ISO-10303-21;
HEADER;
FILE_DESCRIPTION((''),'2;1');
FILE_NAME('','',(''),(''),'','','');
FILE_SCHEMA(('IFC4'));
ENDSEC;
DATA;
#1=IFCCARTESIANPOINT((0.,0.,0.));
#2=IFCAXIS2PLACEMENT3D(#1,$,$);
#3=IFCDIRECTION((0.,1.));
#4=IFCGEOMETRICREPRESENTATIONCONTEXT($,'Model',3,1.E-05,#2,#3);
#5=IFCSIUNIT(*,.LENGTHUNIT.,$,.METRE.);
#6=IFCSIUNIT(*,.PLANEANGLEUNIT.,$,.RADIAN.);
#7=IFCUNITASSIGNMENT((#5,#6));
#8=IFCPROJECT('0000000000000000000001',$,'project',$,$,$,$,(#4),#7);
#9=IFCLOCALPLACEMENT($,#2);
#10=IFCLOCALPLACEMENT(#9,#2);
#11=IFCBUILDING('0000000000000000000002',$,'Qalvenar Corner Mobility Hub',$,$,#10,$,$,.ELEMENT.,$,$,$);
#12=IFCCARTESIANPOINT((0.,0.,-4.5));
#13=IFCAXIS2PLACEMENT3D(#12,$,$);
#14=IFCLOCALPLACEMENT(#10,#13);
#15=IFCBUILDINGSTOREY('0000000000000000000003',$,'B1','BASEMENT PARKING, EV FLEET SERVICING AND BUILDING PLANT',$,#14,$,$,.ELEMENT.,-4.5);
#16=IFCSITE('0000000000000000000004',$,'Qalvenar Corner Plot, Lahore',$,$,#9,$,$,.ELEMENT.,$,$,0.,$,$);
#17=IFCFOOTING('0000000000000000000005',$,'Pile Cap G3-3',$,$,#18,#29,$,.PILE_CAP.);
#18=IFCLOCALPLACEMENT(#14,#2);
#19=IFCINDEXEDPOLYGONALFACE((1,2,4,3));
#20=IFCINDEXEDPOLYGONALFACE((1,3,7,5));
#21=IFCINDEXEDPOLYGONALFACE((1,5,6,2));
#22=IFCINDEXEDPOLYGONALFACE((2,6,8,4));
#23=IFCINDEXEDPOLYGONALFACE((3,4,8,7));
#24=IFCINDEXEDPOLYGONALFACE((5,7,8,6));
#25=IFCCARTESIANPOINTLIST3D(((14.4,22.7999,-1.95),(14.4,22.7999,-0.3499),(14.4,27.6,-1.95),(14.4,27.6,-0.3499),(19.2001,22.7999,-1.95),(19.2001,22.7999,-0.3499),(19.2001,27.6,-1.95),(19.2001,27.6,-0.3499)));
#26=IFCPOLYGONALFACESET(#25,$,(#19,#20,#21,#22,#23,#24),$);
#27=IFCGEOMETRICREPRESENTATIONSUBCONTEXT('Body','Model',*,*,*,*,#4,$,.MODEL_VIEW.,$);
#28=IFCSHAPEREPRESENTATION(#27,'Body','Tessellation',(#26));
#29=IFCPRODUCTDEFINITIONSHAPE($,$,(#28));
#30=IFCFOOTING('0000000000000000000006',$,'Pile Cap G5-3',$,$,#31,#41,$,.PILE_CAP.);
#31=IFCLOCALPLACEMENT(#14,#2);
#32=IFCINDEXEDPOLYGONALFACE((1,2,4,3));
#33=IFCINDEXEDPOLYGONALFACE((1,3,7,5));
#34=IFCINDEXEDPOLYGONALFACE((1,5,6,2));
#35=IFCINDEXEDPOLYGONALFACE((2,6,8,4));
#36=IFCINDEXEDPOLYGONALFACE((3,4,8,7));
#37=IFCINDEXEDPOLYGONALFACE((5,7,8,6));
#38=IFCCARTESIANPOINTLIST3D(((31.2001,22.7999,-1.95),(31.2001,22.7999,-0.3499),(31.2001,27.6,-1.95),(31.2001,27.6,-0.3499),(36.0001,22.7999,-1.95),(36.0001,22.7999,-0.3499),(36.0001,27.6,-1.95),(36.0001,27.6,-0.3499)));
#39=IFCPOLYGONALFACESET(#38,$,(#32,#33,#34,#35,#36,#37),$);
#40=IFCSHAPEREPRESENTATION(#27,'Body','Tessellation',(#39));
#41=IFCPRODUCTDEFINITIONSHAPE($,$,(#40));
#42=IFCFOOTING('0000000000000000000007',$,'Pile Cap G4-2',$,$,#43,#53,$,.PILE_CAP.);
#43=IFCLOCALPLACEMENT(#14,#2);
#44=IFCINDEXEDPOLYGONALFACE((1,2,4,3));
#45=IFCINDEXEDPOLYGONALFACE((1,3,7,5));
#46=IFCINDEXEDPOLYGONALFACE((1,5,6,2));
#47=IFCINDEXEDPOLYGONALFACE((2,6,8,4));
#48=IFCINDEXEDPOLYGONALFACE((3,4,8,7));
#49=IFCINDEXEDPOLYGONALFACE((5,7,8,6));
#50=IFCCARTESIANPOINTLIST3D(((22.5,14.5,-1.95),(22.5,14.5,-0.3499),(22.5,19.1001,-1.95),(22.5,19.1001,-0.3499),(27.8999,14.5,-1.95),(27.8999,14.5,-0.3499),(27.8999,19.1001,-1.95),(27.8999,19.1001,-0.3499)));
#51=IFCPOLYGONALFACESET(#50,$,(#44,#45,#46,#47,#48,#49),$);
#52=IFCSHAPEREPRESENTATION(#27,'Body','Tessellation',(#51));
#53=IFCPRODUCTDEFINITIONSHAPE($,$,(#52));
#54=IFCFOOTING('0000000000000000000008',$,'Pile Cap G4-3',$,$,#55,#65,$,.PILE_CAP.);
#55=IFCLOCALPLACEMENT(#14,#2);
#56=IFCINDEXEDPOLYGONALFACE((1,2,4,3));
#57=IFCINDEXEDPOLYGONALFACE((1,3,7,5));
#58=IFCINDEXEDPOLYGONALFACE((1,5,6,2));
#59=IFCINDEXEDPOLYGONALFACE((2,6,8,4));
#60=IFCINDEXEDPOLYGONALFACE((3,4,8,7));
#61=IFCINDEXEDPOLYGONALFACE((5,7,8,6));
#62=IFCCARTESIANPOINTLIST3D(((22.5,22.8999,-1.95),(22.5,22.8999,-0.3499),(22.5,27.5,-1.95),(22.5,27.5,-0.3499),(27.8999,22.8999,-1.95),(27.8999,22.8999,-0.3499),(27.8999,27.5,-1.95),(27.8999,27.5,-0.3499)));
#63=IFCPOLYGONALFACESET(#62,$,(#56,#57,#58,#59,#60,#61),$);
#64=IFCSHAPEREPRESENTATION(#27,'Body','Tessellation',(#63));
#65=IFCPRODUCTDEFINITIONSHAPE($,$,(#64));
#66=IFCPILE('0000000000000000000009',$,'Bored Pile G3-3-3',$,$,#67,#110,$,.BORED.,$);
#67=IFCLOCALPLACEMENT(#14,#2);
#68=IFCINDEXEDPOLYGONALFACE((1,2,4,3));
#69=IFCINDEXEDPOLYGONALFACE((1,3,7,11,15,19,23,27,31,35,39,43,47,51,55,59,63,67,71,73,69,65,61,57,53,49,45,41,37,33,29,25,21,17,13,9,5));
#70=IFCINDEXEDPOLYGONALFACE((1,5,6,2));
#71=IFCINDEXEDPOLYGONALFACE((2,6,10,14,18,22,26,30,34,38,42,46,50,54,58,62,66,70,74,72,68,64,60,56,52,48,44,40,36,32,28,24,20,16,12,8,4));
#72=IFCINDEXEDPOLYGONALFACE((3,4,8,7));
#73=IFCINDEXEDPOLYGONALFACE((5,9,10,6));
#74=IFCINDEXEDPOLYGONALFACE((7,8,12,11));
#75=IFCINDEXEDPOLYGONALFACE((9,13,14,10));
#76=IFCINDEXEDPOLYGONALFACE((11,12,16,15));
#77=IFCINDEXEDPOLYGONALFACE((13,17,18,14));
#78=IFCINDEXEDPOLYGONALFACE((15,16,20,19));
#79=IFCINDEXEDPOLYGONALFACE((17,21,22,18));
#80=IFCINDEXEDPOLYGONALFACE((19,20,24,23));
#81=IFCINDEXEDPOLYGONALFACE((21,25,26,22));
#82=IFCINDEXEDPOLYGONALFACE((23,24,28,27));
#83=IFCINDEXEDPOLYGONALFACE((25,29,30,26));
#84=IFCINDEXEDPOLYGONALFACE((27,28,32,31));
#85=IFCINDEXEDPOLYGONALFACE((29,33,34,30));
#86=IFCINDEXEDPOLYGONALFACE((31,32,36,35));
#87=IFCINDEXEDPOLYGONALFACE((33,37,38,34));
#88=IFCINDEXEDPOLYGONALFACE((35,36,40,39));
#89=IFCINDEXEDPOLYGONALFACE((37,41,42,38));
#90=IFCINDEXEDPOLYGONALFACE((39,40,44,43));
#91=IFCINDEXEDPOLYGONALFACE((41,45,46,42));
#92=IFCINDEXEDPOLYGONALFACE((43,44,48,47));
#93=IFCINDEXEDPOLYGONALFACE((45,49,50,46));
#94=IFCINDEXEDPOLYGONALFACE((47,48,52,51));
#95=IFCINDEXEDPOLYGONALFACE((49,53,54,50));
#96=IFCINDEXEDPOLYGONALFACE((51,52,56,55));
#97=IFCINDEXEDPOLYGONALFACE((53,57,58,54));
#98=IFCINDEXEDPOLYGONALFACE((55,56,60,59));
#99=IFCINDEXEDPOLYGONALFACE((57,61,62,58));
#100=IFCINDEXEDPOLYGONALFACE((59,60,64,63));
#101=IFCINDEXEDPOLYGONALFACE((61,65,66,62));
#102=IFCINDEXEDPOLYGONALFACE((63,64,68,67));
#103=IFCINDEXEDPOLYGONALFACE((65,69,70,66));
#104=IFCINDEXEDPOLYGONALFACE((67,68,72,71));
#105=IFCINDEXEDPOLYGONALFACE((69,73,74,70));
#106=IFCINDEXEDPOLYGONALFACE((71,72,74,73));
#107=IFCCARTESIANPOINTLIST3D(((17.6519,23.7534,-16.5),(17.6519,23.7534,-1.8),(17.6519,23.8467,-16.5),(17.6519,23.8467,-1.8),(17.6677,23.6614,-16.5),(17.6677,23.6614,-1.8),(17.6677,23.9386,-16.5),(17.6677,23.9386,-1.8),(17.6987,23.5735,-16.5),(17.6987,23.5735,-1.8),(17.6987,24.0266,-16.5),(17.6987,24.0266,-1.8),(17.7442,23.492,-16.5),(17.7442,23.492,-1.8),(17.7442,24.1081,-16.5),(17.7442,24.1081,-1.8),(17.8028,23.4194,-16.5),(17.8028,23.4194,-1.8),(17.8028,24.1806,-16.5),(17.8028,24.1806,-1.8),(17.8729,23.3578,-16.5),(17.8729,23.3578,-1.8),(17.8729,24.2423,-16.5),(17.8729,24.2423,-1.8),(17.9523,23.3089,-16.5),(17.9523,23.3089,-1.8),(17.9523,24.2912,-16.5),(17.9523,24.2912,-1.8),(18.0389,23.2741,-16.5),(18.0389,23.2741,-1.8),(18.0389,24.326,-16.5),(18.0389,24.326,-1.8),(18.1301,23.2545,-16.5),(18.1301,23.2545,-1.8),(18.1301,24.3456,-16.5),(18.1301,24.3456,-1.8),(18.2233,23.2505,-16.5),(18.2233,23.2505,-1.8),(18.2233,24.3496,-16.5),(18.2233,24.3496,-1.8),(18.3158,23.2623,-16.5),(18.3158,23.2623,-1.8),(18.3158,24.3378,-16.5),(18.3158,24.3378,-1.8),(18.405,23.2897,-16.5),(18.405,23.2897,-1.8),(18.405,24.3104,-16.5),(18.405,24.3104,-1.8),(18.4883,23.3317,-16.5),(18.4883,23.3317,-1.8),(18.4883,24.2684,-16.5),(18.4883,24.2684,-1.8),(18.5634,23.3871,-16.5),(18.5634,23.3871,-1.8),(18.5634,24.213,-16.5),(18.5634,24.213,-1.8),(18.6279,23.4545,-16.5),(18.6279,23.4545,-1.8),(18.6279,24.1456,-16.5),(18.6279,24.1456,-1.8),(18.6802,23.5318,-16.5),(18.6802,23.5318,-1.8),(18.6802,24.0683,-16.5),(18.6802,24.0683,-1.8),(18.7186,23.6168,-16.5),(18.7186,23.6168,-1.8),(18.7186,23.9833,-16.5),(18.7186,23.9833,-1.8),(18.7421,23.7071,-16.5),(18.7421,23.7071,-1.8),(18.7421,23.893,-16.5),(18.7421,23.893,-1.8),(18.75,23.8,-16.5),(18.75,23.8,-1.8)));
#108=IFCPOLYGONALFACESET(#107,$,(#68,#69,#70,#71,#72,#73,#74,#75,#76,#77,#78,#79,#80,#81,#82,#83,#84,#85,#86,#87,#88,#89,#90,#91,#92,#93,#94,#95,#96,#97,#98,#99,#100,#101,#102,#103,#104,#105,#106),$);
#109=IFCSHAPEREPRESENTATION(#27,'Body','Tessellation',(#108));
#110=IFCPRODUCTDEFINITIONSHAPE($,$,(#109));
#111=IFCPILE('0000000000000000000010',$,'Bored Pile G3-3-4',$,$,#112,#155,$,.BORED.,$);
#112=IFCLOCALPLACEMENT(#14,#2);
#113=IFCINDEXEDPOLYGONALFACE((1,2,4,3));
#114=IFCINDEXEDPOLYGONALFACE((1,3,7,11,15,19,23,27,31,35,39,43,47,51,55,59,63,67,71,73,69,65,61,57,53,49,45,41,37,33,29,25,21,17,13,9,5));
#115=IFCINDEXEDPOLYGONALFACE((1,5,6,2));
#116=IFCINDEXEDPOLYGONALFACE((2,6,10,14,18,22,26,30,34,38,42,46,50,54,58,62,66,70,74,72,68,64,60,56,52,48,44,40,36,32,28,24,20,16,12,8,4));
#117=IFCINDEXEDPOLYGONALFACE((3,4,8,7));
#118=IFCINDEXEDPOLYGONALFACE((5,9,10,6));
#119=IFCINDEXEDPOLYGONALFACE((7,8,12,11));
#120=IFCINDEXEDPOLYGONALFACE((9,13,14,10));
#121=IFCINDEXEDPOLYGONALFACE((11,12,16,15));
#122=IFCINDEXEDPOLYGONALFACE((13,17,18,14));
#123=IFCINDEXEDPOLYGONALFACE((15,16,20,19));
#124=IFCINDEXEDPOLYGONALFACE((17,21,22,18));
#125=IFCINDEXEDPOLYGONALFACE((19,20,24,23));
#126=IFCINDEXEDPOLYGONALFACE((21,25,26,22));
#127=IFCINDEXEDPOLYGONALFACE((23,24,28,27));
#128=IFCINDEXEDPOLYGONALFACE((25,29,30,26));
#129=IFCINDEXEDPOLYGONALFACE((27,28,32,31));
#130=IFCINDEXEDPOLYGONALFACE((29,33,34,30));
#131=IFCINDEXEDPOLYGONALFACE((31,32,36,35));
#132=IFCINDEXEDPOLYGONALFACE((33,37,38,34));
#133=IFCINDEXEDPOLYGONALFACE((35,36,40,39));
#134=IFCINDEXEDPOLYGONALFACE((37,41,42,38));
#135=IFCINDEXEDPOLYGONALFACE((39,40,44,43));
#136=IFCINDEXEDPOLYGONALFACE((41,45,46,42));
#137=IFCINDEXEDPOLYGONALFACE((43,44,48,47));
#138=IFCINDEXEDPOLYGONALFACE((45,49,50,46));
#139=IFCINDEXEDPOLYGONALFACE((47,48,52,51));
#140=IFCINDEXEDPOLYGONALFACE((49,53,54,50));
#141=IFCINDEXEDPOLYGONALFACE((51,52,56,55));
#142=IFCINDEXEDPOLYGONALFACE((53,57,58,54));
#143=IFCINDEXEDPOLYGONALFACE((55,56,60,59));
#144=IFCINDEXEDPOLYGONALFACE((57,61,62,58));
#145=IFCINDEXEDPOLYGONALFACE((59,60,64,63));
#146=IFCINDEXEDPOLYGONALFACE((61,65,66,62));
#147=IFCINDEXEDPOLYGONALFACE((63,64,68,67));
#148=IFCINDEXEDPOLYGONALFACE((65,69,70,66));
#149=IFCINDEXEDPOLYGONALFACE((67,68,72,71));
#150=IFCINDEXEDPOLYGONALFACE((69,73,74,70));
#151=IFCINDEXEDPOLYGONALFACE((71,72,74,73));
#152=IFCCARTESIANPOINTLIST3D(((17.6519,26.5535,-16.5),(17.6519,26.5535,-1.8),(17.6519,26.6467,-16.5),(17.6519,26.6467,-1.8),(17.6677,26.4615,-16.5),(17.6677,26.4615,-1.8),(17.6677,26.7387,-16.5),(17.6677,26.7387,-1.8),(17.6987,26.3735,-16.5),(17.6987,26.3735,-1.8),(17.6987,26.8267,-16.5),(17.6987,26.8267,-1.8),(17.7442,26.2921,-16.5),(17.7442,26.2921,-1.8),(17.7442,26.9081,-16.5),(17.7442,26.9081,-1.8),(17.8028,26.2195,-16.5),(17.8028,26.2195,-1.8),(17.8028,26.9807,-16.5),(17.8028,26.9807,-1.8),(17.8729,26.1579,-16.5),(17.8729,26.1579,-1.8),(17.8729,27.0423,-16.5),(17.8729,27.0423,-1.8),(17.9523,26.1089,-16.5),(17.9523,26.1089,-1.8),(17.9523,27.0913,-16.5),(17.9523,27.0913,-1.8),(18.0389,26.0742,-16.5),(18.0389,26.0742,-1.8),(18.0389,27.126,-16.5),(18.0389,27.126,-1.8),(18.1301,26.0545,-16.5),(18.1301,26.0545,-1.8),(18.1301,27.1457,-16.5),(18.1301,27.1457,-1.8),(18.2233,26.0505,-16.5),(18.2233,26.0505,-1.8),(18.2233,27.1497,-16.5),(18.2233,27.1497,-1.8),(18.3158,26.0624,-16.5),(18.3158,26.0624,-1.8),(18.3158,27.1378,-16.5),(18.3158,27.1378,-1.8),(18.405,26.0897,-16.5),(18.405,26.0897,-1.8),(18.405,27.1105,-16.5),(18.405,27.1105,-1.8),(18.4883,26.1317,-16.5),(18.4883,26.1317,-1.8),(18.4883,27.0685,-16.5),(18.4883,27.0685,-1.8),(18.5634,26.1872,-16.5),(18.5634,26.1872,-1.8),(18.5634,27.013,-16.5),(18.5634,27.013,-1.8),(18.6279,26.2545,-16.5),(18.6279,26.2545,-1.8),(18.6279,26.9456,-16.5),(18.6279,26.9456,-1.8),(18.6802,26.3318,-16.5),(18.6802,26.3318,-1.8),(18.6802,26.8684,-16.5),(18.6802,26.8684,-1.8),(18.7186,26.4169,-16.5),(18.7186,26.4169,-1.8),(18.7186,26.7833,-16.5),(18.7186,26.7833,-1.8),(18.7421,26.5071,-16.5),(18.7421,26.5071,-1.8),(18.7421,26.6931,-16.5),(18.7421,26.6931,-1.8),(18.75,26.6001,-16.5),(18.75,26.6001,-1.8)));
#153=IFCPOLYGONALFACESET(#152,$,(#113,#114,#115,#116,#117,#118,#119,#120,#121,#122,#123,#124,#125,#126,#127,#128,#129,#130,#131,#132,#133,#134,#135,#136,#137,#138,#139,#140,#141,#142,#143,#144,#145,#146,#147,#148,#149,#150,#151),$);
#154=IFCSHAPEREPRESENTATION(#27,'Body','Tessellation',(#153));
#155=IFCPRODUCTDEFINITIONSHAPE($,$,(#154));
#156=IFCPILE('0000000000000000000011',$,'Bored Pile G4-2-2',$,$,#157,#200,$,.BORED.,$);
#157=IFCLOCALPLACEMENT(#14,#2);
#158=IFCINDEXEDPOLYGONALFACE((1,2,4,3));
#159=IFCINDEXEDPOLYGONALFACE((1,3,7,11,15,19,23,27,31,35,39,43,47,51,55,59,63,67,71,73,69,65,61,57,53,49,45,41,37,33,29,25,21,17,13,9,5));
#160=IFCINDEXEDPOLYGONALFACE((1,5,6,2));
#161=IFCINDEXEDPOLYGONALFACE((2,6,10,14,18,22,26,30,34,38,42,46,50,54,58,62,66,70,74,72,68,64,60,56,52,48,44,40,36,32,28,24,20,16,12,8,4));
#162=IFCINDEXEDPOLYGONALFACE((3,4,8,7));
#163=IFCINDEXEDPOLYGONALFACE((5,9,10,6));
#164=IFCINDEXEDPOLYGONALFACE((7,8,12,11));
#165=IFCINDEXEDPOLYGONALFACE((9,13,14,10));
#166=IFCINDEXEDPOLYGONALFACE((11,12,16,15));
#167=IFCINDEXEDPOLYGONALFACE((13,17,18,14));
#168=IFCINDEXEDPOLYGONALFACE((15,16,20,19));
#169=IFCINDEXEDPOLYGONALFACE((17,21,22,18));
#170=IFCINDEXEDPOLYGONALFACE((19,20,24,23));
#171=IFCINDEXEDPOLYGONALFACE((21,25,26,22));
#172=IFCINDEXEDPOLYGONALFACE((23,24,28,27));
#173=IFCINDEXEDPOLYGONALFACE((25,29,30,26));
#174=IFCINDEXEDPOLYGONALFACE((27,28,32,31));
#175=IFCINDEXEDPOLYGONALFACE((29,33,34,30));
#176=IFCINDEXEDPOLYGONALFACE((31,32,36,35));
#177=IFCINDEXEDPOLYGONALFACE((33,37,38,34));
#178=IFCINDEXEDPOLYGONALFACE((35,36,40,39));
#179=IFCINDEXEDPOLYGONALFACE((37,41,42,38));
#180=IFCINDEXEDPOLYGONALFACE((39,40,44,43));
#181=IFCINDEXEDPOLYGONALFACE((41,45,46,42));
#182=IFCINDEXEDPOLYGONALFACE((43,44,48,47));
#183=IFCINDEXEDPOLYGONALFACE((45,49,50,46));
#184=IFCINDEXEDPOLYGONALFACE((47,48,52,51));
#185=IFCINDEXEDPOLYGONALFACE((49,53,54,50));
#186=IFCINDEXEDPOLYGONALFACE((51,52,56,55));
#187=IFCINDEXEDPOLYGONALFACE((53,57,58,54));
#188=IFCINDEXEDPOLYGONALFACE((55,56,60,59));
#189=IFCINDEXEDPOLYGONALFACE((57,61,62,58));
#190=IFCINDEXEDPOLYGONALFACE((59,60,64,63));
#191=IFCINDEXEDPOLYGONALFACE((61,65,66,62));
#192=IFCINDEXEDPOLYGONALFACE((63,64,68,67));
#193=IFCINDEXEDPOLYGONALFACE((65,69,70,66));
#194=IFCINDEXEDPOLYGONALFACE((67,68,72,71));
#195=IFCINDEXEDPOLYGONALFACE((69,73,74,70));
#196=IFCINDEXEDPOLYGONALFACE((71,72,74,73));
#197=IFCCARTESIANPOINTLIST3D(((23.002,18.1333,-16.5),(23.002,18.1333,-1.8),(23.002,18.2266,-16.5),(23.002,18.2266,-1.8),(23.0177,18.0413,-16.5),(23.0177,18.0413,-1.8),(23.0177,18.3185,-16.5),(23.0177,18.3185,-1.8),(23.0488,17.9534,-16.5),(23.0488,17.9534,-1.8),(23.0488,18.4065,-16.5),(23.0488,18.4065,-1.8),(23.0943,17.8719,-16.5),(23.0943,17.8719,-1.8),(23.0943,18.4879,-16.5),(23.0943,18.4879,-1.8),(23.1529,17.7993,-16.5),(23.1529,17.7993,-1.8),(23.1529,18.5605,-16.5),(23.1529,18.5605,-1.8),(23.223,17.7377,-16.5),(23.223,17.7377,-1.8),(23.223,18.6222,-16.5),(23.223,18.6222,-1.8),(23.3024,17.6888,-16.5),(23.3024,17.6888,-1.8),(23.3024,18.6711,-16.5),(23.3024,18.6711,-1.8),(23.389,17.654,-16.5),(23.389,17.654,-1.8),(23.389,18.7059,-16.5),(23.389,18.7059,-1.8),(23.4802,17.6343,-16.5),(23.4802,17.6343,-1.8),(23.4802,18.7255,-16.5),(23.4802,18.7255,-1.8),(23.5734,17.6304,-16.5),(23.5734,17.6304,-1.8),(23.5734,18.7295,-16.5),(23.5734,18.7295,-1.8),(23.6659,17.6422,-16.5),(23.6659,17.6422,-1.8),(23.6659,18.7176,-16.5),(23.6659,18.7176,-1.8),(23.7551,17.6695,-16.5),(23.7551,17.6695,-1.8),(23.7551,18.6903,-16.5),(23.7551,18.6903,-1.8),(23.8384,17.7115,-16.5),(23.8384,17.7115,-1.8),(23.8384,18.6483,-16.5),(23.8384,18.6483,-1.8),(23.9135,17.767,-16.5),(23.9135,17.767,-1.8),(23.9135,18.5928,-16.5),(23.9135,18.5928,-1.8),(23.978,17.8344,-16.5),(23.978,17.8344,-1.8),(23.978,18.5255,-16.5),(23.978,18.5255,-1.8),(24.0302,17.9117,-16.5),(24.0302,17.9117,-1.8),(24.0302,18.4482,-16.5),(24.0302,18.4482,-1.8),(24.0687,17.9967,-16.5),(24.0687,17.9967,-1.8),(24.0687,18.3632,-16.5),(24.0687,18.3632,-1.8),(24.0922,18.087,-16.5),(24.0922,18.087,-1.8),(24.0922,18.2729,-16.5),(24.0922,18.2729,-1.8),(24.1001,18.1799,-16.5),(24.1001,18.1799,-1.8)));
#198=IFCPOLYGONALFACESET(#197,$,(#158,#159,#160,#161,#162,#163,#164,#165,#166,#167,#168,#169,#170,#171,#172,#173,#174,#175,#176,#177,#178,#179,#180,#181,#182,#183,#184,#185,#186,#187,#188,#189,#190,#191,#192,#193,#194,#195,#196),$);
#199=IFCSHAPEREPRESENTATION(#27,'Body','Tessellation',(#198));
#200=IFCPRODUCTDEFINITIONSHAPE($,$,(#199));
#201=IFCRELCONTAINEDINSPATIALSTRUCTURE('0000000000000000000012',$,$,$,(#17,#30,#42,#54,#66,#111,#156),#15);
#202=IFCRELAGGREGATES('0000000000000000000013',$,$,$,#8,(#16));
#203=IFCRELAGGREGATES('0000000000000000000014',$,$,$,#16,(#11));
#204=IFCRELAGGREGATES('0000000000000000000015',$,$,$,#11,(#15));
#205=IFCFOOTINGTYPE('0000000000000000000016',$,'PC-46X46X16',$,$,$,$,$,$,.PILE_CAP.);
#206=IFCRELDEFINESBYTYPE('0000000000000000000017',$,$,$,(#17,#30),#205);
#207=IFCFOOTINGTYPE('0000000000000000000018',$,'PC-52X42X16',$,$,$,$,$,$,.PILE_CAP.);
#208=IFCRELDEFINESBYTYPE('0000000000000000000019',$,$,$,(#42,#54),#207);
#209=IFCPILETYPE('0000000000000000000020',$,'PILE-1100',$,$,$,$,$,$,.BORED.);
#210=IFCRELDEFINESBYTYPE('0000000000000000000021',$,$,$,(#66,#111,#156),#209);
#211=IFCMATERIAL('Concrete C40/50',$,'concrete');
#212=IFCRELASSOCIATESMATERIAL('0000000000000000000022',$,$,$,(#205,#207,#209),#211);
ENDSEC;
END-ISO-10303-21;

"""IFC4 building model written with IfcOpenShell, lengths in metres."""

from ifc_helpers import new_model, si_unit, direction, frame, origin, origin_2d, place, context, subcontext, project, spatial, rectangle, circle, extrude, material, material_profile, profile_set, type_object, element, save


model = new_model("IFC4")

# Units and contexts
model_context = context("Model", 3, precision=1e-05, world=origin(), true_north=direction((0.0, 1.0)))
body_context = subcontext(model_context, "Body", "Model", "MODEL_VIEW")
ifc_project = project(units=[si_unit("LENGTHUNIT", "METRE"), si_unit("PLANEANGLEUNIT", "RADIAN")], contexts=[model_context])

# Site, building, storey
site_placement = place(None, origin())
site = spatial("IfcSite", under=ifc_project, at=site_placement, Name="Qalvenar Corner Plot, Lahore", CompositionType="ELEMENT", RefElevation=0.0)
building_placement = place(site_placement, origin())
building = spatial("IfcBuilding", under=site, at=building_placement, Name="Qalvenar Corner Mobility Hub", CompositionType="ELEMENT")
storey_placement = place(building_placement, frame((0.0, 0.0, -4.5)))
storey = spatial("IfcBuildingStorey", under=building, at=storey_placement, Name="B1", Description="BASEMENT PARKING, EV FLEET SERVICING AND BUILDING PLANT", CompositionType="ELEMENT", Elevation=-4.5)

# Footings
ifc_material_1 = material(Name="Concrete C40/50", Category="concrete")
footing_type_1 = type_object("IfcFootingType", Name="PC-46X46X16", PredefinedType="PILE_CAP", material=ifc_material_1)
for number, where, z_axis, x_axis, name in (
    (1, (16.8, 25.2, -1.95), (0.0, 0.0, 1.0), (1.0, 0.0, 0.0), "Pile Cap G3-3"),
    (2, (33.6001, 25.2, -1.95), (0.0, 0.0, 1.0), (1.0, 0.0, 0.0), "Pile Cap G5-3"),
):
    element("IfcFooting", number, at=place(storey_placement, frame(where, z_axis=z_axis, x_axis=x_axis)), inside=storey, type_object=footing_type_1, Name=name, PredefinedType="PILE_CAP", context=body_context, shape_type="SweptSolid", body=[
        extrude(rectangle(XDim=4.8, YDim=4.8, at=origin_2d()), origin(), (0.0, 0.0, 1.0), 1.6001),
    ])
footing_type_2 = type_object("IfcFootingType", Name="PC-52X42X16", PredefinedType="PILE_CAP", material=ifc_material_1)
for number, where, z_axis, x_axis, name in (
    (3, (25.2, 16.8, -1.95), (0.0, 0.0, 1.0), (1.0, 0.0, 0.0), "Pile Cap G4-2"),
    (4, (25.2, 25.2, -1.95), (0.0, 0.0, 1.0), (1.0, 0.0, 0.0), "Pile Cap G4-3"),
):
    element("IfcFooting", number, at=place(storey_placement, frame(where, z_axis=z_axis, x_axis=x_axis)), inside=storey, type_object=footing_type_2, Name=name, PredefinedType="PILE_CAP", context=body_context, shape_type="SweptSolid", body=[
        extrude(rectangle(XDim=5.3999, YDim=4.6001, at=origin_2d()), origin(), (0.0, 0.0, 1.0), 1.6001),
    ])

# Piles
ifc_material_profile_1 = material_profile(ifc_material_1, circle(Radius=0.55, at=origin_2d()), Name="DIA1100")
ifc_profile_set_1 = profile_set([ifc_material_profile_1], Name="Concrete C40/50")
pile_type = type_object("IfcPileType", Name="PILE-1100", PredefinedType="BORED", material=ifc_profile_set_1)
for number, where, z_axis, x_axis, name in (
    (5, (18.2, 23.8, -1.8), (0.0, 0.0, -1.0), (1.0, 0.0, 0.0), "Bored Pile G3-3-3"),
    (6, (18.2, 26.6001, -1.8), (0.0, 0.0, -1.0), (1.0, 0.0, 0.0), "Bored Pile G3-3-4"),
    (7, (23.55, 18.1799, -1.8), (0.0, 0.0, -1.0), (1.0, 0.0, 0.0), "Bored Pile G4-2-2"),
):
    element("IfcPile", number, at=place(storey_placement, frame(where, z_axis=z_axis, x_axis=x_axis)), inside=storey, type_object=pile_type, Name=name, PredefinedType="BORED", context=body_context, shape_type="SweptSolid", body=[
        extrude(circle(Radius=0.55, at=origin_2d()), origin(), (0.0, 0.0, 1.0), 14.7),
    ])

save(model, "model.ifc")
